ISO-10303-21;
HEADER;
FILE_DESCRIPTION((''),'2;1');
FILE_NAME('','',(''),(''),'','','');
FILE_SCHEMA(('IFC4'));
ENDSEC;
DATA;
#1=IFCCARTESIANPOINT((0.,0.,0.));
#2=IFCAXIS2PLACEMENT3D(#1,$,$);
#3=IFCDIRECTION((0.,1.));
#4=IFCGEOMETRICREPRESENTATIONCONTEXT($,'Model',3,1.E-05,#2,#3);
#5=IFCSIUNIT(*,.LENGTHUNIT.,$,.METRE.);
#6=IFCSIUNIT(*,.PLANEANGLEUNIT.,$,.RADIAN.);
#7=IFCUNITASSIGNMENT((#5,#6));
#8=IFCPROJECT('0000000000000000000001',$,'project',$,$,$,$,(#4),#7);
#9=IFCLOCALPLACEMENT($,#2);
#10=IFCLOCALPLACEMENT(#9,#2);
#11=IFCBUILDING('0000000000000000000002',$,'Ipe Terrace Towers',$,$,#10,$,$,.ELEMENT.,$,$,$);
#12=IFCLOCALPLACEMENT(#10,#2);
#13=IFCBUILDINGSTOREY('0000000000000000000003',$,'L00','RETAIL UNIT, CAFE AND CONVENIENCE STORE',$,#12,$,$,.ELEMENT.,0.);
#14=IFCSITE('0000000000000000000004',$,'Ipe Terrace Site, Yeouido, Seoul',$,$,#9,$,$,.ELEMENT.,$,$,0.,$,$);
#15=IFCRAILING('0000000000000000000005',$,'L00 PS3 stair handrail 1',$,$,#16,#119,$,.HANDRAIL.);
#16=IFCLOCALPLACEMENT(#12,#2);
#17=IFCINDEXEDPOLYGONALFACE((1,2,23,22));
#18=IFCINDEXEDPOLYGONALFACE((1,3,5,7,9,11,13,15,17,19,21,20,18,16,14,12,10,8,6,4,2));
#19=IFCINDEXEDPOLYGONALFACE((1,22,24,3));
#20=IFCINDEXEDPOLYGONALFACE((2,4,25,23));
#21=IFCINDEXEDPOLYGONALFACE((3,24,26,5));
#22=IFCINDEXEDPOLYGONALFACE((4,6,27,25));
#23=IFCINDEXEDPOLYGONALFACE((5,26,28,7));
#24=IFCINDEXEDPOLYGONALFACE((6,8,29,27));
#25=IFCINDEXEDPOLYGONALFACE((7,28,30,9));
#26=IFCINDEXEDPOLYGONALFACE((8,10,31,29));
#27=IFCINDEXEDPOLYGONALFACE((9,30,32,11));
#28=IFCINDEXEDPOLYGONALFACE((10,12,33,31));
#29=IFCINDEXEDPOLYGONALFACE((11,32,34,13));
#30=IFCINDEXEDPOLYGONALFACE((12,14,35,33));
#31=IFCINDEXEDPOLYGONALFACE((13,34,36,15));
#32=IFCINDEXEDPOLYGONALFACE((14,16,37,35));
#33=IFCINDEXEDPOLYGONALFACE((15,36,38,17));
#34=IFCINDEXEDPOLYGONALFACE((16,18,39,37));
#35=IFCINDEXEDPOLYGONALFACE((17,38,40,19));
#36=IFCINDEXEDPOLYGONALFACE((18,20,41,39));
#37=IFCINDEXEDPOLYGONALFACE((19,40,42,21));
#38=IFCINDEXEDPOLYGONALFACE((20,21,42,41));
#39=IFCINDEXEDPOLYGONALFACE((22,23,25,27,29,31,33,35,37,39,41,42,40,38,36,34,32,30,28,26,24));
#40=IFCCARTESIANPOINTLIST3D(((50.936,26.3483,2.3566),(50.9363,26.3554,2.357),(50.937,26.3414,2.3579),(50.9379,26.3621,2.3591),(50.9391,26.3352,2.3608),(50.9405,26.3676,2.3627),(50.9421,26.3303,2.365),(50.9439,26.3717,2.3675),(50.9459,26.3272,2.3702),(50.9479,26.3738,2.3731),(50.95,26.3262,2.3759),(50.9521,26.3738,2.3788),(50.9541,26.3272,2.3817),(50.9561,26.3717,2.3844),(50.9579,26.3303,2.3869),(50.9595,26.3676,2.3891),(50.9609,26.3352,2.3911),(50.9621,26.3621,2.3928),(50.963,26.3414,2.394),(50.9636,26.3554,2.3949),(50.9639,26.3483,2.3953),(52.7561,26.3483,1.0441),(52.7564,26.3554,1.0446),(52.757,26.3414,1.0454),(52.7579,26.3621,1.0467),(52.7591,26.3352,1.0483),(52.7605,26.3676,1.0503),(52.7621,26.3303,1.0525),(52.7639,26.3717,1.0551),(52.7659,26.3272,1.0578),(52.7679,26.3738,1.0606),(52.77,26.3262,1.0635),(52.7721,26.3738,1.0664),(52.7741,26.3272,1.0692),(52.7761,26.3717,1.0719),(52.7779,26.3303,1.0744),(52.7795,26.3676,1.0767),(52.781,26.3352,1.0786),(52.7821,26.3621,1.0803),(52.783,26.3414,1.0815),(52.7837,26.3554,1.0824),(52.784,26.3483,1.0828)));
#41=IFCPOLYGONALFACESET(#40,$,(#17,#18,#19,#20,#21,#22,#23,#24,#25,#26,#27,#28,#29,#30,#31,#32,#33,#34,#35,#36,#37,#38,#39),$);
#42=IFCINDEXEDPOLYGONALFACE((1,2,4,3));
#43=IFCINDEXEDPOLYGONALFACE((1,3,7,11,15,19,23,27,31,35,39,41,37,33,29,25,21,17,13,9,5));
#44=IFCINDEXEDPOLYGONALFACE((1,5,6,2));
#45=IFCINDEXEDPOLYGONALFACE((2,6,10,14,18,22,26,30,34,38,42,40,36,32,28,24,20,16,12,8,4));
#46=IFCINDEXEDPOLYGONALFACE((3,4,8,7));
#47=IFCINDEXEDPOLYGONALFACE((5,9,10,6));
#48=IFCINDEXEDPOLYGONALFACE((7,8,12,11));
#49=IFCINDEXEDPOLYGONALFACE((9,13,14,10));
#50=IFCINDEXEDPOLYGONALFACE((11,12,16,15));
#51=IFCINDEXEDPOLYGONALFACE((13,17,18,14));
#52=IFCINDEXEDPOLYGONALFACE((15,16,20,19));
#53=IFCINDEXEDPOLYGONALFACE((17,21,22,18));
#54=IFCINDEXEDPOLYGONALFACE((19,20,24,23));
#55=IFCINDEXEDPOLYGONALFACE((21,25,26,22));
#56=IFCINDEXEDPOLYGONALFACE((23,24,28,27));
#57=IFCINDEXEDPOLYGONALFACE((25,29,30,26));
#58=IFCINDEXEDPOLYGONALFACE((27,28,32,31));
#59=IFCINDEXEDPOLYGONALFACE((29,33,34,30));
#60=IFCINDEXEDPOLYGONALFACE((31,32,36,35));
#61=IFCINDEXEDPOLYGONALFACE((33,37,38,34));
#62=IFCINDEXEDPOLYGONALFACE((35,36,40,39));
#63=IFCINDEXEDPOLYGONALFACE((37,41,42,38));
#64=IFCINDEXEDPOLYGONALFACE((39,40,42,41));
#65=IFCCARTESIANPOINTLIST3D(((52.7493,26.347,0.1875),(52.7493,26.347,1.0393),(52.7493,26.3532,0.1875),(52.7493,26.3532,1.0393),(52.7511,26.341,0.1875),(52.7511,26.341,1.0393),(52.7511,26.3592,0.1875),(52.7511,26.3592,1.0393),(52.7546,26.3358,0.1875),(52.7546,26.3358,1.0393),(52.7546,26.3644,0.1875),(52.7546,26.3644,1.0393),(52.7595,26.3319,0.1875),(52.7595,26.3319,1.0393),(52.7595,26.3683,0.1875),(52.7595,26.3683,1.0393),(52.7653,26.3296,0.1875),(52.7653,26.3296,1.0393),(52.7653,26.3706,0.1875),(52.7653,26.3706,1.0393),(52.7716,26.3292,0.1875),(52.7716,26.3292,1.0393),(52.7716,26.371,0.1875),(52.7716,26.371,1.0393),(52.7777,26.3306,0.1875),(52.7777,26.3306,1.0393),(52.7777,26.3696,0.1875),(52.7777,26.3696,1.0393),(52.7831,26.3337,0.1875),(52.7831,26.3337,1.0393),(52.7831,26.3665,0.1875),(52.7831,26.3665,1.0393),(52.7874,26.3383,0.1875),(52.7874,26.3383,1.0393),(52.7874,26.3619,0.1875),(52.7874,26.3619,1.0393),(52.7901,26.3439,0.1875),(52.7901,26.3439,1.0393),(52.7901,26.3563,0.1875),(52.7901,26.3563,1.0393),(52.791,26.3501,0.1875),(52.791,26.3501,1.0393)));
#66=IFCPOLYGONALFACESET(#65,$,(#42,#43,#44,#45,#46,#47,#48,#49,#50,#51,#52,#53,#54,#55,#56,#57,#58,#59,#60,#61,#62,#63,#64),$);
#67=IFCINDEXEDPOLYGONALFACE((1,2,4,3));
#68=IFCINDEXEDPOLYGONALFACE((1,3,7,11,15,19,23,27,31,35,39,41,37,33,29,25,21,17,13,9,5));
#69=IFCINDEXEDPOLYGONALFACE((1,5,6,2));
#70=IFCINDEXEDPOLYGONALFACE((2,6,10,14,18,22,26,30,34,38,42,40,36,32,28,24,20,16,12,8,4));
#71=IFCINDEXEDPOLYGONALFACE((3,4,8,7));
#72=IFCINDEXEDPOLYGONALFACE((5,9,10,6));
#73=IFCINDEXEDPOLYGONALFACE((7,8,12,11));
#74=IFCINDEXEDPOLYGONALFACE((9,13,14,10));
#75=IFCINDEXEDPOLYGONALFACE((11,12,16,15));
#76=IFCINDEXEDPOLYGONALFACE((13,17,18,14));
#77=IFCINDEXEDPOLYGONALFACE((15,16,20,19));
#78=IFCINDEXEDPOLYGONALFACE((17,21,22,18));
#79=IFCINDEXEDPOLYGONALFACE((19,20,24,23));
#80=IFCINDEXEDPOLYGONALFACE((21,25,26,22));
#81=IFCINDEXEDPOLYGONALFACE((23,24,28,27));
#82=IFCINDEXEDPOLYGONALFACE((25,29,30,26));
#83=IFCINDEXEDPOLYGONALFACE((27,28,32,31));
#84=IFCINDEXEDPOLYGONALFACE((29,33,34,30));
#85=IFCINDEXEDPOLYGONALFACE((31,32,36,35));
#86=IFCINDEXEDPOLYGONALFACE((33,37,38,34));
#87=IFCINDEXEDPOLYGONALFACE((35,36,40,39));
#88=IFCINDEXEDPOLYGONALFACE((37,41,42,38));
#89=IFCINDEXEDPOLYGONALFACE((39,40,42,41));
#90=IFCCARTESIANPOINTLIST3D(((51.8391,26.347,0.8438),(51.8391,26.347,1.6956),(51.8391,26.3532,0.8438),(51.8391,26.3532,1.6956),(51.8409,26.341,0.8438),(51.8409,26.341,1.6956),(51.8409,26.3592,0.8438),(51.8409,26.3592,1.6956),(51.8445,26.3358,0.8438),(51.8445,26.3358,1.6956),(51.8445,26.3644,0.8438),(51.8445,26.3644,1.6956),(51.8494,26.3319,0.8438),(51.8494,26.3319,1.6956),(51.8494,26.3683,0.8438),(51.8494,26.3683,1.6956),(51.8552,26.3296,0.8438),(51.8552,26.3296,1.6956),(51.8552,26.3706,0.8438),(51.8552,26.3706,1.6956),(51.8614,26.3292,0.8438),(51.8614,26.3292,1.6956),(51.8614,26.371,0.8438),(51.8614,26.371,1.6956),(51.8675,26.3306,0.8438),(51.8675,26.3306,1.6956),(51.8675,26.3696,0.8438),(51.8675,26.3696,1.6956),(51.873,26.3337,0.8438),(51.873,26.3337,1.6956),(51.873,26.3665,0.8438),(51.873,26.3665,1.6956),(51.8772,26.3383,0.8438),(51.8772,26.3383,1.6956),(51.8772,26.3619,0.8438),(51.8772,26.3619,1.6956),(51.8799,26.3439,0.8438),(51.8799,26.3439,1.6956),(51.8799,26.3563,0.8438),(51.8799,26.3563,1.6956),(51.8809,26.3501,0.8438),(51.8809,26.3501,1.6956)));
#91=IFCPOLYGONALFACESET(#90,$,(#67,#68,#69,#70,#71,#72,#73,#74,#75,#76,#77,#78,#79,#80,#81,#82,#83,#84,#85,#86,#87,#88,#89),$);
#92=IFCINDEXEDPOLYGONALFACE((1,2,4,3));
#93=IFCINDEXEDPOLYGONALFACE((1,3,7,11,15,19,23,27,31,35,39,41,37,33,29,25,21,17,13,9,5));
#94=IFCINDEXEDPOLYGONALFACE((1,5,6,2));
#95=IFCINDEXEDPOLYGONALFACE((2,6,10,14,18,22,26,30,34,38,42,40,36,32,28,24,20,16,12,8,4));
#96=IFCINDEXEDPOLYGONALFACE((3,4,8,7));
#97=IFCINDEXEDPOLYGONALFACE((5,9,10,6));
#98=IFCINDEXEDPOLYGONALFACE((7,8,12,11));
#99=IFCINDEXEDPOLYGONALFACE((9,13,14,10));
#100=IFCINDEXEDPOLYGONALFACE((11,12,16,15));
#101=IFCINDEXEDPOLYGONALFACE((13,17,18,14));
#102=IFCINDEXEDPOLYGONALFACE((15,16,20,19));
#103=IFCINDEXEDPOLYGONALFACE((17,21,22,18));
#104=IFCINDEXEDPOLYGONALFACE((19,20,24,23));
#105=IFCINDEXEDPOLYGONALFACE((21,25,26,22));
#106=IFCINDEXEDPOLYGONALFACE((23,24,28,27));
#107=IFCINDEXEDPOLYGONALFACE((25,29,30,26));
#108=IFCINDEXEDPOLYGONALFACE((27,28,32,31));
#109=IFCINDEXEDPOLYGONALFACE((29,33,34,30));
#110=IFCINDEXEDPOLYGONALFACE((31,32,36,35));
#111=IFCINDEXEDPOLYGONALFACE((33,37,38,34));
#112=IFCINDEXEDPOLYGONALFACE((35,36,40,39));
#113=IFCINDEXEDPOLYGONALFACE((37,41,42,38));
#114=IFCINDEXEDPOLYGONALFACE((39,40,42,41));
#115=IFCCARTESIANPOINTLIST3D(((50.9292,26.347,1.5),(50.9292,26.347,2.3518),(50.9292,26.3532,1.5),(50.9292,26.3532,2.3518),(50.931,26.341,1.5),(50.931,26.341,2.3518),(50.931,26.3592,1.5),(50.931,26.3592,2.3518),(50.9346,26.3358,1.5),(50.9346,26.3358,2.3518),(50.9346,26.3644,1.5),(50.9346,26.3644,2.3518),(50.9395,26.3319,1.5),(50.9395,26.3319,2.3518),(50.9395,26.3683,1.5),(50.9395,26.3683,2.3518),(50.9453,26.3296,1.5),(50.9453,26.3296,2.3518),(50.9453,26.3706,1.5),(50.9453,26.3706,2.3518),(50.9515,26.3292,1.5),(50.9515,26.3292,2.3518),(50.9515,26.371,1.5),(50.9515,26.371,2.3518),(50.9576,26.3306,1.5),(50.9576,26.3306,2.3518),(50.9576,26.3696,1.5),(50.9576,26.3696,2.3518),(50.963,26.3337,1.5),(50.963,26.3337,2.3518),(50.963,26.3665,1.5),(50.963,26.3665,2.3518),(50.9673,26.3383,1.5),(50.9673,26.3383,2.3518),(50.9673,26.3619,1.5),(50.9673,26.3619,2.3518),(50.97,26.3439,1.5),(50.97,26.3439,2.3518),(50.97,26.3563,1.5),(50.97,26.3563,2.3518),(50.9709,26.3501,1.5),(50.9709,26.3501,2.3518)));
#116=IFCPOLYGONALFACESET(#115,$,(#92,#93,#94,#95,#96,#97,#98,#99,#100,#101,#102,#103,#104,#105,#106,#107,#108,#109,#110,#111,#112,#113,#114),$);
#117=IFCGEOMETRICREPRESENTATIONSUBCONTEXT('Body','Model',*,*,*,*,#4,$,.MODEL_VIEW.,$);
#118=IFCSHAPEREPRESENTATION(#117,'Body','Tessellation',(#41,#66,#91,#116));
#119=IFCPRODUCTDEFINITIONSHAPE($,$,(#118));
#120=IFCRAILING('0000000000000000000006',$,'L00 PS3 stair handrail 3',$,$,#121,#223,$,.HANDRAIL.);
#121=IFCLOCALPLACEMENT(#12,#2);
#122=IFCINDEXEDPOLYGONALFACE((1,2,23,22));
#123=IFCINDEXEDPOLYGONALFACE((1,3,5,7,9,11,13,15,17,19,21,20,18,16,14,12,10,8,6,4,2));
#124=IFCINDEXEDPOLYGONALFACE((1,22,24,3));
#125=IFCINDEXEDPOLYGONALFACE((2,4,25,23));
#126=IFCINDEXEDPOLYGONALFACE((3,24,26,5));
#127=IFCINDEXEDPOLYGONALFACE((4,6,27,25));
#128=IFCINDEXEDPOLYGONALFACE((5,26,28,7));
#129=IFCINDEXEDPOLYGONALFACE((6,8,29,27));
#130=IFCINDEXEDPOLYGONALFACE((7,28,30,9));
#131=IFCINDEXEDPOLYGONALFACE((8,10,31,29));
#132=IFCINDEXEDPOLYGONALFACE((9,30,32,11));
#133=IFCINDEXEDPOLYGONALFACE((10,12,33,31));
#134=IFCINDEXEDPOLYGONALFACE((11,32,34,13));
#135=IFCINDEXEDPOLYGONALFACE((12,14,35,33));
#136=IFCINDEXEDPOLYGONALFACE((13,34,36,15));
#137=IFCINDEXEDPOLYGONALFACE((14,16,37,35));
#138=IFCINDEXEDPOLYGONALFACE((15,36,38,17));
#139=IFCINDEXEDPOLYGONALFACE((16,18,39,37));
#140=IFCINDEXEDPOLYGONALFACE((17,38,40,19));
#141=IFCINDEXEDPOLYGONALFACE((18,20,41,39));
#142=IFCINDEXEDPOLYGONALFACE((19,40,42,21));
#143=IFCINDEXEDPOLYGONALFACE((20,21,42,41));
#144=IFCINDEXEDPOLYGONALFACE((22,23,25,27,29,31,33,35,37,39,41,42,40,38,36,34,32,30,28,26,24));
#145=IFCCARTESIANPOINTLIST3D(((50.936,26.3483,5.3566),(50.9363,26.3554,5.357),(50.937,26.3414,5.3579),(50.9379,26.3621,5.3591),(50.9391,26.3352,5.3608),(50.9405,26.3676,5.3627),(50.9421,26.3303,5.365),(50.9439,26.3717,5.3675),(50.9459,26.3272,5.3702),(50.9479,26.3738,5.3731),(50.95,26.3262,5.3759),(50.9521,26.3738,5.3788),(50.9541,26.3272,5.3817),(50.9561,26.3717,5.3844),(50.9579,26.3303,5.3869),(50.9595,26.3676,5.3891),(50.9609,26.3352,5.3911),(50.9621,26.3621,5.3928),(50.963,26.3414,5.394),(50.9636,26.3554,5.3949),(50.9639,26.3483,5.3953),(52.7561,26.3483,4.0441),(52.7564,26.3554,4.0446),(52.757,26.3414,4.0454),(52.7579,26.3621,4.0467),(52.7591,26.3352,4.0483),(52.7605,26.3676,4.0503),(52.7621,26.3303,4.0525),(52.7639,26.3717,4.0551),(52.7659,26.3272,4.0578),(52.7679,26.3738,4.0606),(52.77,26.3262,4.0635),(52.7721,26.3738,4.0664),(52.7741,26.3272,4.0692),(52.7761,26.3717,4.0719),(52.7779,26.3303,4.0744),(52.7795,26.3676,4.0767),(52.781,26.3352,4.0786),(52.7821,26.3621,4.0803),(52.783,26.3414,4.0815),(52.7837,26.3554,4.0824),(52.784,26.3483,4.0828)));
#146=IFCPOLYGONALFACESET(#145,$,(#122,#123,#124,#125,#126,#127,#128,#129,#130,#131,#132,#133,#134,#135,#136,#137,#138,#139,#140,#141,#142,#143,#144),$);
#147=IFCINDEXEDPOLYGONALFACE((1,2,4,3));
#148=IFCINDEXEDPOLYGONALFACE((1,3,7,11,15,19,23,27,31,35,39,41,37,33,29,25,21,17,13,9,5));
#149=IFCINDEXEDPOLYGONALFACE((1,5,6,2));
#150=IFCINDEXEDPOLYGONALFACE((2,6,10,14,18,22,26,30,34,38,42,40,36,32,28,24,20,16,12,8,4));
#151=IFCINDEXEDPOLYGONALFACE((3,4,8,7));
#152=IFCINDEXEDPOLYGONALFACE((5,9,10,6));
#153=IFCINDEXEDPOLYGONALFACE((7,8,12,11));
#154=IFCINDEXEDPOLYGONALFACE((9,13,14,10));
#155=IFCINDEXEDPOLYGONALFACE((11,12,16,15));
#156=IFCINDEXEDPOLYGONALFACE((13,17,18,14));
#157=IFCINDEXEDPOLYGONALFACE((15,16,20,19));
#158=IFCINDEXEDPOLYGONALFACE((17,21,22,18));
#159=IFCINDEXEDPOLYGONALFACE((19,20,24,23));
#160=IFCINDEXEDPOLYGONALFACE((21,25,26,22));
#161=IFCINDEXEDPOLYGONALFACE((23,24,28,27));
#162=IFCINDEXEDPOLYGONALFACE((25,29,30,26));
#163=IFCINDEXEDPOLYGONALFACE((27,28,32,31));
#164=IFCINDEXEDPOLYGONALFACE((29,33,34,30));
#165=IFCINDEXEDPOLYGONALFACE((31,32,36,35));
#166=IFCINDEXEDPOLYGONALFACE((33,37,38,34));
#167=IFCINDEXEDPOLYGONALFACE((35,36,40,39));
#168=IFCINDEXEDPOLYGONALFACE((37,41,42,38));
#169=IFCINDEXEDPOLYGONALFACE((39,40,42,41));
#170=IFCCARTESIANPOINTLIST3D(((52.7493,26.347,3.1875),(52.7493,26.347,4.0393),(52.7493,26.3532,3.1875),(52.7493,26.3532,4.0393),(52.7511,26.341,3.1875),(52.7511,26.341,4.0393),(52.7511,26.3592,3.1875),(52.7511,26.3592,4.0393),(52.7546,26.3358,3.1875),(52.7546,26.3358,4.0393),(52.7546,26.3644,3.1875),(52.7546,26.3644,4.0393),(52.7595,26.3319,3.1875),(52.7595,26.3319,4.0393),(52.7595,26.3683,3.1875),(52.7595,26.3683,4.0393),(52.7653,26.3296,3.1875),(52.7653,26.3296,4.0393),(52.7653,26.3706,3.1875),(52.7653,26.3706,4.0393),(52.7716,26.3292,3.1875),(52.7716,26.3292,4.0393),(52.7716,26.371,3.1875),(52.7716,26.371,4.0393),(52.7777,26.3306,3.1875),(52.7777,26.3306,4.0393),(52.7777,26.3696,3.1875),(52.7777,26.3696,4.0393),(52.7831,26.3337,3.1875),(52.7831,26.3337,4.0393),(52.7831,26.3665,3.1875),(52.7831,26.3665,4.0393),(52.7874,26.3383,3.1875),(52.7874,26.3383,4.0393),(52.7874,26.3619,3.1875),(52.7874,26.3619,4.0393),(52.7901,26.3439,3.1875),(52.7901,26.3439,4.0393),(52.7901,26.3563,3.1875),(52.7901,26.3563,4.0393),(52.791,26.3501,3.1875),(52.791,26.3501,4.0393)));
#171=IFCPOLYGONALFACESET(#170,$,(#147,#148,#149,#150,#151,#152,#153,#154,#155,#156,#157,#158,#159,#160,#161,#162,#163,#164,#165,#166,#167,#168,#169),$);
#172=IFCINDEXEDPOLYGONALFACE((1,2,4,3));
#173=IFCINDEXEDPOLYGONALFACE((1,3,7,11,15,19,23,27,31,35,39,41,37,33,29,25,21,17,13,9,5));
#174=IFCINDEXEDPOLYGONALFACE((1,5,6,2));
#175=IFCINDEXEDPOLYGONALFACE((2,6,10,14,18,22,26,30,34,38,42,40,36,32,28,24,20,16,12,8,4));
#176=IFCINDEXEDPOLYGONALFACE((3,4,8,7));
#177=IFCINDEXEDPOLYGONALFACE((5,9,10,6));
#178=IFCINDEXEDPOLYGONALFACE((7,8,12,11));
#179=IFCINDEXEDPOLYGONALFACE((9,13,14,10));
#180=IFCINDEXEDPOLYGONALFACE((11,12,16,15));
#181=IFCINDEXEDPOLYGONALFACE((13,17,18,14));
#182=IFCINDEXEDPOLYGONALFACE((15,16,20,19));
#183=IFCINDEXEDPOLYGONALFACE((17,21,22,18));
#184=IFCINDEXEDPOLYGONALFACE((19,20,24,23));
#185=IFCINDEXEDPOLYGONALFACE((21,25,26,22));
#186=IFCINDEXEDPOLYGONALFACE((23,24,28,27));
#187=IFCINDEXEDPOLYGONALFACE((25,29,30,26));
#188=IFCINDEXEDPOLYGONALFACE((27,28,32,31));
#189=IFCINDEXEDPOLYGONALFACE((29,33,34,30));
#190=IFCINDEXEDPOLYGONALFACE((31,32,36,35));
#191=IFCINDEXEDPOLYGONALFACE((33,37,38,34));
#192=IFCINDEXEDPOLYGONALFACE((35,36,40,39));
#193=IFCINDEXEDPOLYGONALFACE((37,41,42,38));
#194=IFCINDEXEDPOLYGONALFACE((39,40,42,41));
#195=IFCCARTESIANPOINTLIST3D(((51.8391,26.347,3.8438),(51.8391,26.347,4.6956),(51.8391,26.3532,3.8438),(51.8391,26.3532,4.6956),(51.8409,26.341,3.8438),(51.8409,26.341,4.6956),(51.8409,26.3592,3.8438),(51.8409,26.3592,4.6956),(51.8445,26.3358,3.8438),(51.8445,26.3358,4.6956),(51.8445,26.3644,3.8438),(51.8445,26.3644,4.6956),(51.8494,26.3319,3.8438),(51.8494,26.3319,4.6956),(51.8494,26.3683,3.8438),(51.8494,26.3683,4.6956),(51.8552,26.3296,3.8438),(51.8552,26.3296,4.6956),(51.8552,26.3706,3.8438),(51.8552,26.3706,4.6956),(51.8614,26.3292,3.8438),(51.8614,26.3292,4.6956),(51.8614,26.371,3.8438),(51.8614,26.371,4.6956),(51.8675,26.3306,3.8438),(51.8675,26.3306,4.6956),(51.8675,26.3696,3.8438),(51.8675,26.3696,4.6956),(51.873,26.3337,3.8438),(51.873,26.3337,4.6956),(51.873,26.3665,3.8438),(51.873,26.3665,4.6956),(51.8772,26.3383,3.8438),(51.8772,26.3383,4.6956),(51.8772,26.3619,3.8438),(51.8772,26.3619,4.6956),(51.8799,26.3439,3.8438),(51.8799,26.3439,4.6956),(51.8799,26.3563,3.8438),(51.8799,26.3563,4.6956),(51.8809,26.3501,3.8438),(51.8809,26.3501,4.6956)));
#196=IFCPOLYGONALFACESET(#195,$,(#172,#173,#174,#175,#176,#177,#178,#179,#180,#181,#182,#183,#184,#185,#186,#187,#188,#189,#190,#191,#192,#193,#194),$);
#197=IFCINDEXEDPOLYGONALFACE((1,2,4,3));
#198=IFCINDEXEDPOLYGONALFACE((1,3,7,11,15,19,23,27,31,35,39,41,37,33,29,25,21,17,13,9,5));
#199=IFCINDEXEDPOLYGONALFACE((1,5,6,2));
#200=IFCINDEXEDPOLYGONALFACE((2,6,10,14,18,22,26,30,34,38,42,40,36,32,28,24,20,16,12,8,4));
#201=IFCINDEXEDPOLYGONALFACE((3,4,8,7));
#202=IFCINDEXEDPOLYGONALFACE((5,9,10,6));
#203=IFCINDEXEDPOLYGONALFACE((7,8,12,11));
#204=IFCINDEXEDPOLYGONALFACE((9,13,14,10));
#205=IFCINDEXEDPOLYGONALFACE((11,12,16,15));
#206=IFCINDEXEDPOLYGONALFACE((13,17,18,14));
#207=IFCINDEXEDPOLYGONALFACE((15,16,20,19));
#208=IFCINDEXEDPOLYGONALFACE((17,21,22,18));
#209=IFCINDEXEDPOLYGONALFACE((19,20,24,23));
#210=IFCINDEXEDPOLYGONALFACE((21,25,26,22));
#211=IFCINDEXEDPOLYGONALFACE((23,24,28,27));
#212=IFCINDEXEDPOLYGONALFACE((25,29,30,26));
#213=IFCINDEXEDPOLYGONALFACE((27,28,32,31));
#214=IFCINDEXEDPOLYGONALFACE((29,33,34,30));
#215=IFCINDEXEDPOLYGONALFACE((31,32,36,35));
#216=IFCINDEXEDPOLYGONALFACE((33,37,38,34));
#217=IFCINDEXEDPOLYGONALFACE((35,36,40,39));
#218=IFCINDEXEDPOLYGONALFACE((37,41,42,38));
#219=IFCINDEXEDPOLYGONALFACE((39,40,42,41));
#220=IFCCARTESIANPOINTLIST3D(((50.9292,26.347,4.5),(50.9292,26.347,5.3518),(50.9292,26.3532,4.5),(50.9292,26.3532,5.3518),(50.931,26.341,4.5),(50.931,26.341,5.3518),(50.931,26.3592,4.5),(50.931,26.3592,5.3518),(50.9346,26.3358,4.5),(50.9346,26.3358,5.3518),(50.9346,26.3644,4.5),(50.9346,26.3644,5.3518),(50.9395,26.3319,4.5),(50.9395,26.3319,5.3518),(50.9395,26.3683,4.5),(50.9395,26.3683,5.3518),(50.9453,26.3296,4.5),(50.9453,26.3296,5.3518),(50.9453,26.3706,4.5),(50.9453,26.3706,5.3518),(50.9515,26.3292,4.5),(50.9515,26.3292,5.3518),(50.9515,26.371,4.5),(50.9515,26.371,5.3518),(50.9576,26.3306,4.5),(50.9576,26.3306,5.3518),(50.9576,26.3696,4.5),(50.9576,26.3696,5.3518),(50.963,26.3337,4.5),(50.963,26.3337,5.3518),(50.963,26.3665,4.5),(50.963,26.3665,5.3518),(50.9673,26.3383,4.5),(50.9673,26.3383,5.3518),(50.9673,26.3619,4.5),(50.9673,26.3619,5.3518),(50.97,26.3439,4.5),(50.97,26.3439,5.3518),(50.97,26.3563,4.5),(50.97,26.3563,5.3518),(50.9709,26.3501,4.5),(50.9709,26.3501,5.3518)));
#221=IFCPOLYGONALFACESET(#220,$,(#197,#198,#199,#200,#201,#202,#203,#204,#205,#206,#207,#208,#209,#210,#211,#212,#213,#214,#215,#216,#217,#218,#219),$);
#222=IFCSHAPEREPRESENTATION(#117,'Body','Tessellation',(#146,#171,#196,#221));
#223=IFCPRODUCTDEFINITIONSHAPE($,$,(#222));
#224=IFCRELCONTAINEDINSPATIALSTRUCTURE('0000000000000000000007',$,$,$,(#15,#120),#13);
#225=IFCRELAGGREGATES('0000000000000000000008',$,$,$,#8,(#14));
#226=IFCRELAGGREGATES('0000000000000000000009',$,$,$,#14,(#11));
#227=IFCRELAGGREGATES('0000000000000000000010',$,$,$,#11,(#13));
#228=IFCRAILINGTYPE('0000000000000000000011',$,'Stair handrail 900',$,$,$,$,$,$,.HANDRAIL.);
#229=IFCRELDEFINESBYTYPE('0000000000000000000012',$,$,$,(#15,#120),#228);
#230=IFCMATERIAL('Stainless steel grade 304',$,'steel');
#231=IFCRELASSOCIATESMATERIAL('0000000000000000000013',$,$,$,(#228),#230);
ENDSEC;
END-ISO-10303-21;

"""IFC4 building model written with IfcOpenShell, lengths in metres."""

from ifc_helpers import new_model, si_unit, direction, frame, origin, origin_2d, place, context, subcontext, project, spatial, circle, extrude, material, type_object, element, save


model = new_model("IFC4")

# Units and contexts
model_context = context("Model", 3, precision=1e-05, world=origin(), true_north=direction((0.0, 1.0)))
body_context = subcontext(model_context, "Body", "Model", "MODEL_VIEW")
ifc_project = project(units=[si_unit("LENGTHUNIT", "METRE"), si_unit("PLANEANGLEUNIT", "RADIAN")], contexts=[model_context])

# Site, building, storey
site_placement = place(None, origin())
site = spatial("IfcSite", under=ifc_project, at=site_placement, Name="Ipe Terrace Site, Yeouido, Seoul", CompositionType="ELEMENT", RefElevation=0.0)
building_placement = place(site_placement, origin())
building = spatial("IfcBuilding", under=site, at=building_placement, Name="Ipe Terrace Towers", CompositionType="ELEMENT")
storey_placement = place(building_placement, origin())
storey = spatial("IfcBuildingStorey", under=building, at=storey_placement, Name="L00", Description="RETAIL UNIT, CAFE AND CONVENIENCE STORE", CompositionType="ELEMENT", Elevation=0.0)

# Railings
ifc_material_1 = material(Name="Stainless steel grade 304", Category="steel")
railing_type_1 = type_object("IfcRailingType", Name="Stair handrail 900", PredefinedType="HANDRAIL", material=ifc_material_1)
for number, where, name in (
    (1, (52.77, 26.3501, 0.1875), "L00 PS3 stair handrail 1"),
    (2, (52.77, 26.3501, 3.1875), "L00 PS3 stair handrail 3"),
):
    element("IfcRailing", number, at=place(storey_placement, frame(where)), inside=storey, type_object=railing_type_1, Name=name, PredefinedType="HANDRAIL", context=body_context, shape_type="SweptSolid", body=[
        extrude(circle(Radius=0.0239, at=origin_2d()), frame((0.0, 0.0, 0.876), z_axis=(-0.811101, 0.0, 0.584906), x_axis=(0.0, -1.0, 0.0)), (0.0, 0.0, 1.0), 2.2439),
        extrude(circle(Radius=0.021, at=origin_2d()), origin(), (0.0, 0.0, 1.0), 0.8518),
        extrude(circle(Radius=0.021, at=origin_2d()), frame((-0.9102, 0.0, 0.6562)), (0.0, 0.0, 1.0), 0.8518),
        extrude(circle(Radius=0.021, at=origin_2d()), frame((-1.8201, 0.0, 1.3125)), (0.0, 0.0, 1.0), 0.8518),
    ])

save(model, "model.ifc")
